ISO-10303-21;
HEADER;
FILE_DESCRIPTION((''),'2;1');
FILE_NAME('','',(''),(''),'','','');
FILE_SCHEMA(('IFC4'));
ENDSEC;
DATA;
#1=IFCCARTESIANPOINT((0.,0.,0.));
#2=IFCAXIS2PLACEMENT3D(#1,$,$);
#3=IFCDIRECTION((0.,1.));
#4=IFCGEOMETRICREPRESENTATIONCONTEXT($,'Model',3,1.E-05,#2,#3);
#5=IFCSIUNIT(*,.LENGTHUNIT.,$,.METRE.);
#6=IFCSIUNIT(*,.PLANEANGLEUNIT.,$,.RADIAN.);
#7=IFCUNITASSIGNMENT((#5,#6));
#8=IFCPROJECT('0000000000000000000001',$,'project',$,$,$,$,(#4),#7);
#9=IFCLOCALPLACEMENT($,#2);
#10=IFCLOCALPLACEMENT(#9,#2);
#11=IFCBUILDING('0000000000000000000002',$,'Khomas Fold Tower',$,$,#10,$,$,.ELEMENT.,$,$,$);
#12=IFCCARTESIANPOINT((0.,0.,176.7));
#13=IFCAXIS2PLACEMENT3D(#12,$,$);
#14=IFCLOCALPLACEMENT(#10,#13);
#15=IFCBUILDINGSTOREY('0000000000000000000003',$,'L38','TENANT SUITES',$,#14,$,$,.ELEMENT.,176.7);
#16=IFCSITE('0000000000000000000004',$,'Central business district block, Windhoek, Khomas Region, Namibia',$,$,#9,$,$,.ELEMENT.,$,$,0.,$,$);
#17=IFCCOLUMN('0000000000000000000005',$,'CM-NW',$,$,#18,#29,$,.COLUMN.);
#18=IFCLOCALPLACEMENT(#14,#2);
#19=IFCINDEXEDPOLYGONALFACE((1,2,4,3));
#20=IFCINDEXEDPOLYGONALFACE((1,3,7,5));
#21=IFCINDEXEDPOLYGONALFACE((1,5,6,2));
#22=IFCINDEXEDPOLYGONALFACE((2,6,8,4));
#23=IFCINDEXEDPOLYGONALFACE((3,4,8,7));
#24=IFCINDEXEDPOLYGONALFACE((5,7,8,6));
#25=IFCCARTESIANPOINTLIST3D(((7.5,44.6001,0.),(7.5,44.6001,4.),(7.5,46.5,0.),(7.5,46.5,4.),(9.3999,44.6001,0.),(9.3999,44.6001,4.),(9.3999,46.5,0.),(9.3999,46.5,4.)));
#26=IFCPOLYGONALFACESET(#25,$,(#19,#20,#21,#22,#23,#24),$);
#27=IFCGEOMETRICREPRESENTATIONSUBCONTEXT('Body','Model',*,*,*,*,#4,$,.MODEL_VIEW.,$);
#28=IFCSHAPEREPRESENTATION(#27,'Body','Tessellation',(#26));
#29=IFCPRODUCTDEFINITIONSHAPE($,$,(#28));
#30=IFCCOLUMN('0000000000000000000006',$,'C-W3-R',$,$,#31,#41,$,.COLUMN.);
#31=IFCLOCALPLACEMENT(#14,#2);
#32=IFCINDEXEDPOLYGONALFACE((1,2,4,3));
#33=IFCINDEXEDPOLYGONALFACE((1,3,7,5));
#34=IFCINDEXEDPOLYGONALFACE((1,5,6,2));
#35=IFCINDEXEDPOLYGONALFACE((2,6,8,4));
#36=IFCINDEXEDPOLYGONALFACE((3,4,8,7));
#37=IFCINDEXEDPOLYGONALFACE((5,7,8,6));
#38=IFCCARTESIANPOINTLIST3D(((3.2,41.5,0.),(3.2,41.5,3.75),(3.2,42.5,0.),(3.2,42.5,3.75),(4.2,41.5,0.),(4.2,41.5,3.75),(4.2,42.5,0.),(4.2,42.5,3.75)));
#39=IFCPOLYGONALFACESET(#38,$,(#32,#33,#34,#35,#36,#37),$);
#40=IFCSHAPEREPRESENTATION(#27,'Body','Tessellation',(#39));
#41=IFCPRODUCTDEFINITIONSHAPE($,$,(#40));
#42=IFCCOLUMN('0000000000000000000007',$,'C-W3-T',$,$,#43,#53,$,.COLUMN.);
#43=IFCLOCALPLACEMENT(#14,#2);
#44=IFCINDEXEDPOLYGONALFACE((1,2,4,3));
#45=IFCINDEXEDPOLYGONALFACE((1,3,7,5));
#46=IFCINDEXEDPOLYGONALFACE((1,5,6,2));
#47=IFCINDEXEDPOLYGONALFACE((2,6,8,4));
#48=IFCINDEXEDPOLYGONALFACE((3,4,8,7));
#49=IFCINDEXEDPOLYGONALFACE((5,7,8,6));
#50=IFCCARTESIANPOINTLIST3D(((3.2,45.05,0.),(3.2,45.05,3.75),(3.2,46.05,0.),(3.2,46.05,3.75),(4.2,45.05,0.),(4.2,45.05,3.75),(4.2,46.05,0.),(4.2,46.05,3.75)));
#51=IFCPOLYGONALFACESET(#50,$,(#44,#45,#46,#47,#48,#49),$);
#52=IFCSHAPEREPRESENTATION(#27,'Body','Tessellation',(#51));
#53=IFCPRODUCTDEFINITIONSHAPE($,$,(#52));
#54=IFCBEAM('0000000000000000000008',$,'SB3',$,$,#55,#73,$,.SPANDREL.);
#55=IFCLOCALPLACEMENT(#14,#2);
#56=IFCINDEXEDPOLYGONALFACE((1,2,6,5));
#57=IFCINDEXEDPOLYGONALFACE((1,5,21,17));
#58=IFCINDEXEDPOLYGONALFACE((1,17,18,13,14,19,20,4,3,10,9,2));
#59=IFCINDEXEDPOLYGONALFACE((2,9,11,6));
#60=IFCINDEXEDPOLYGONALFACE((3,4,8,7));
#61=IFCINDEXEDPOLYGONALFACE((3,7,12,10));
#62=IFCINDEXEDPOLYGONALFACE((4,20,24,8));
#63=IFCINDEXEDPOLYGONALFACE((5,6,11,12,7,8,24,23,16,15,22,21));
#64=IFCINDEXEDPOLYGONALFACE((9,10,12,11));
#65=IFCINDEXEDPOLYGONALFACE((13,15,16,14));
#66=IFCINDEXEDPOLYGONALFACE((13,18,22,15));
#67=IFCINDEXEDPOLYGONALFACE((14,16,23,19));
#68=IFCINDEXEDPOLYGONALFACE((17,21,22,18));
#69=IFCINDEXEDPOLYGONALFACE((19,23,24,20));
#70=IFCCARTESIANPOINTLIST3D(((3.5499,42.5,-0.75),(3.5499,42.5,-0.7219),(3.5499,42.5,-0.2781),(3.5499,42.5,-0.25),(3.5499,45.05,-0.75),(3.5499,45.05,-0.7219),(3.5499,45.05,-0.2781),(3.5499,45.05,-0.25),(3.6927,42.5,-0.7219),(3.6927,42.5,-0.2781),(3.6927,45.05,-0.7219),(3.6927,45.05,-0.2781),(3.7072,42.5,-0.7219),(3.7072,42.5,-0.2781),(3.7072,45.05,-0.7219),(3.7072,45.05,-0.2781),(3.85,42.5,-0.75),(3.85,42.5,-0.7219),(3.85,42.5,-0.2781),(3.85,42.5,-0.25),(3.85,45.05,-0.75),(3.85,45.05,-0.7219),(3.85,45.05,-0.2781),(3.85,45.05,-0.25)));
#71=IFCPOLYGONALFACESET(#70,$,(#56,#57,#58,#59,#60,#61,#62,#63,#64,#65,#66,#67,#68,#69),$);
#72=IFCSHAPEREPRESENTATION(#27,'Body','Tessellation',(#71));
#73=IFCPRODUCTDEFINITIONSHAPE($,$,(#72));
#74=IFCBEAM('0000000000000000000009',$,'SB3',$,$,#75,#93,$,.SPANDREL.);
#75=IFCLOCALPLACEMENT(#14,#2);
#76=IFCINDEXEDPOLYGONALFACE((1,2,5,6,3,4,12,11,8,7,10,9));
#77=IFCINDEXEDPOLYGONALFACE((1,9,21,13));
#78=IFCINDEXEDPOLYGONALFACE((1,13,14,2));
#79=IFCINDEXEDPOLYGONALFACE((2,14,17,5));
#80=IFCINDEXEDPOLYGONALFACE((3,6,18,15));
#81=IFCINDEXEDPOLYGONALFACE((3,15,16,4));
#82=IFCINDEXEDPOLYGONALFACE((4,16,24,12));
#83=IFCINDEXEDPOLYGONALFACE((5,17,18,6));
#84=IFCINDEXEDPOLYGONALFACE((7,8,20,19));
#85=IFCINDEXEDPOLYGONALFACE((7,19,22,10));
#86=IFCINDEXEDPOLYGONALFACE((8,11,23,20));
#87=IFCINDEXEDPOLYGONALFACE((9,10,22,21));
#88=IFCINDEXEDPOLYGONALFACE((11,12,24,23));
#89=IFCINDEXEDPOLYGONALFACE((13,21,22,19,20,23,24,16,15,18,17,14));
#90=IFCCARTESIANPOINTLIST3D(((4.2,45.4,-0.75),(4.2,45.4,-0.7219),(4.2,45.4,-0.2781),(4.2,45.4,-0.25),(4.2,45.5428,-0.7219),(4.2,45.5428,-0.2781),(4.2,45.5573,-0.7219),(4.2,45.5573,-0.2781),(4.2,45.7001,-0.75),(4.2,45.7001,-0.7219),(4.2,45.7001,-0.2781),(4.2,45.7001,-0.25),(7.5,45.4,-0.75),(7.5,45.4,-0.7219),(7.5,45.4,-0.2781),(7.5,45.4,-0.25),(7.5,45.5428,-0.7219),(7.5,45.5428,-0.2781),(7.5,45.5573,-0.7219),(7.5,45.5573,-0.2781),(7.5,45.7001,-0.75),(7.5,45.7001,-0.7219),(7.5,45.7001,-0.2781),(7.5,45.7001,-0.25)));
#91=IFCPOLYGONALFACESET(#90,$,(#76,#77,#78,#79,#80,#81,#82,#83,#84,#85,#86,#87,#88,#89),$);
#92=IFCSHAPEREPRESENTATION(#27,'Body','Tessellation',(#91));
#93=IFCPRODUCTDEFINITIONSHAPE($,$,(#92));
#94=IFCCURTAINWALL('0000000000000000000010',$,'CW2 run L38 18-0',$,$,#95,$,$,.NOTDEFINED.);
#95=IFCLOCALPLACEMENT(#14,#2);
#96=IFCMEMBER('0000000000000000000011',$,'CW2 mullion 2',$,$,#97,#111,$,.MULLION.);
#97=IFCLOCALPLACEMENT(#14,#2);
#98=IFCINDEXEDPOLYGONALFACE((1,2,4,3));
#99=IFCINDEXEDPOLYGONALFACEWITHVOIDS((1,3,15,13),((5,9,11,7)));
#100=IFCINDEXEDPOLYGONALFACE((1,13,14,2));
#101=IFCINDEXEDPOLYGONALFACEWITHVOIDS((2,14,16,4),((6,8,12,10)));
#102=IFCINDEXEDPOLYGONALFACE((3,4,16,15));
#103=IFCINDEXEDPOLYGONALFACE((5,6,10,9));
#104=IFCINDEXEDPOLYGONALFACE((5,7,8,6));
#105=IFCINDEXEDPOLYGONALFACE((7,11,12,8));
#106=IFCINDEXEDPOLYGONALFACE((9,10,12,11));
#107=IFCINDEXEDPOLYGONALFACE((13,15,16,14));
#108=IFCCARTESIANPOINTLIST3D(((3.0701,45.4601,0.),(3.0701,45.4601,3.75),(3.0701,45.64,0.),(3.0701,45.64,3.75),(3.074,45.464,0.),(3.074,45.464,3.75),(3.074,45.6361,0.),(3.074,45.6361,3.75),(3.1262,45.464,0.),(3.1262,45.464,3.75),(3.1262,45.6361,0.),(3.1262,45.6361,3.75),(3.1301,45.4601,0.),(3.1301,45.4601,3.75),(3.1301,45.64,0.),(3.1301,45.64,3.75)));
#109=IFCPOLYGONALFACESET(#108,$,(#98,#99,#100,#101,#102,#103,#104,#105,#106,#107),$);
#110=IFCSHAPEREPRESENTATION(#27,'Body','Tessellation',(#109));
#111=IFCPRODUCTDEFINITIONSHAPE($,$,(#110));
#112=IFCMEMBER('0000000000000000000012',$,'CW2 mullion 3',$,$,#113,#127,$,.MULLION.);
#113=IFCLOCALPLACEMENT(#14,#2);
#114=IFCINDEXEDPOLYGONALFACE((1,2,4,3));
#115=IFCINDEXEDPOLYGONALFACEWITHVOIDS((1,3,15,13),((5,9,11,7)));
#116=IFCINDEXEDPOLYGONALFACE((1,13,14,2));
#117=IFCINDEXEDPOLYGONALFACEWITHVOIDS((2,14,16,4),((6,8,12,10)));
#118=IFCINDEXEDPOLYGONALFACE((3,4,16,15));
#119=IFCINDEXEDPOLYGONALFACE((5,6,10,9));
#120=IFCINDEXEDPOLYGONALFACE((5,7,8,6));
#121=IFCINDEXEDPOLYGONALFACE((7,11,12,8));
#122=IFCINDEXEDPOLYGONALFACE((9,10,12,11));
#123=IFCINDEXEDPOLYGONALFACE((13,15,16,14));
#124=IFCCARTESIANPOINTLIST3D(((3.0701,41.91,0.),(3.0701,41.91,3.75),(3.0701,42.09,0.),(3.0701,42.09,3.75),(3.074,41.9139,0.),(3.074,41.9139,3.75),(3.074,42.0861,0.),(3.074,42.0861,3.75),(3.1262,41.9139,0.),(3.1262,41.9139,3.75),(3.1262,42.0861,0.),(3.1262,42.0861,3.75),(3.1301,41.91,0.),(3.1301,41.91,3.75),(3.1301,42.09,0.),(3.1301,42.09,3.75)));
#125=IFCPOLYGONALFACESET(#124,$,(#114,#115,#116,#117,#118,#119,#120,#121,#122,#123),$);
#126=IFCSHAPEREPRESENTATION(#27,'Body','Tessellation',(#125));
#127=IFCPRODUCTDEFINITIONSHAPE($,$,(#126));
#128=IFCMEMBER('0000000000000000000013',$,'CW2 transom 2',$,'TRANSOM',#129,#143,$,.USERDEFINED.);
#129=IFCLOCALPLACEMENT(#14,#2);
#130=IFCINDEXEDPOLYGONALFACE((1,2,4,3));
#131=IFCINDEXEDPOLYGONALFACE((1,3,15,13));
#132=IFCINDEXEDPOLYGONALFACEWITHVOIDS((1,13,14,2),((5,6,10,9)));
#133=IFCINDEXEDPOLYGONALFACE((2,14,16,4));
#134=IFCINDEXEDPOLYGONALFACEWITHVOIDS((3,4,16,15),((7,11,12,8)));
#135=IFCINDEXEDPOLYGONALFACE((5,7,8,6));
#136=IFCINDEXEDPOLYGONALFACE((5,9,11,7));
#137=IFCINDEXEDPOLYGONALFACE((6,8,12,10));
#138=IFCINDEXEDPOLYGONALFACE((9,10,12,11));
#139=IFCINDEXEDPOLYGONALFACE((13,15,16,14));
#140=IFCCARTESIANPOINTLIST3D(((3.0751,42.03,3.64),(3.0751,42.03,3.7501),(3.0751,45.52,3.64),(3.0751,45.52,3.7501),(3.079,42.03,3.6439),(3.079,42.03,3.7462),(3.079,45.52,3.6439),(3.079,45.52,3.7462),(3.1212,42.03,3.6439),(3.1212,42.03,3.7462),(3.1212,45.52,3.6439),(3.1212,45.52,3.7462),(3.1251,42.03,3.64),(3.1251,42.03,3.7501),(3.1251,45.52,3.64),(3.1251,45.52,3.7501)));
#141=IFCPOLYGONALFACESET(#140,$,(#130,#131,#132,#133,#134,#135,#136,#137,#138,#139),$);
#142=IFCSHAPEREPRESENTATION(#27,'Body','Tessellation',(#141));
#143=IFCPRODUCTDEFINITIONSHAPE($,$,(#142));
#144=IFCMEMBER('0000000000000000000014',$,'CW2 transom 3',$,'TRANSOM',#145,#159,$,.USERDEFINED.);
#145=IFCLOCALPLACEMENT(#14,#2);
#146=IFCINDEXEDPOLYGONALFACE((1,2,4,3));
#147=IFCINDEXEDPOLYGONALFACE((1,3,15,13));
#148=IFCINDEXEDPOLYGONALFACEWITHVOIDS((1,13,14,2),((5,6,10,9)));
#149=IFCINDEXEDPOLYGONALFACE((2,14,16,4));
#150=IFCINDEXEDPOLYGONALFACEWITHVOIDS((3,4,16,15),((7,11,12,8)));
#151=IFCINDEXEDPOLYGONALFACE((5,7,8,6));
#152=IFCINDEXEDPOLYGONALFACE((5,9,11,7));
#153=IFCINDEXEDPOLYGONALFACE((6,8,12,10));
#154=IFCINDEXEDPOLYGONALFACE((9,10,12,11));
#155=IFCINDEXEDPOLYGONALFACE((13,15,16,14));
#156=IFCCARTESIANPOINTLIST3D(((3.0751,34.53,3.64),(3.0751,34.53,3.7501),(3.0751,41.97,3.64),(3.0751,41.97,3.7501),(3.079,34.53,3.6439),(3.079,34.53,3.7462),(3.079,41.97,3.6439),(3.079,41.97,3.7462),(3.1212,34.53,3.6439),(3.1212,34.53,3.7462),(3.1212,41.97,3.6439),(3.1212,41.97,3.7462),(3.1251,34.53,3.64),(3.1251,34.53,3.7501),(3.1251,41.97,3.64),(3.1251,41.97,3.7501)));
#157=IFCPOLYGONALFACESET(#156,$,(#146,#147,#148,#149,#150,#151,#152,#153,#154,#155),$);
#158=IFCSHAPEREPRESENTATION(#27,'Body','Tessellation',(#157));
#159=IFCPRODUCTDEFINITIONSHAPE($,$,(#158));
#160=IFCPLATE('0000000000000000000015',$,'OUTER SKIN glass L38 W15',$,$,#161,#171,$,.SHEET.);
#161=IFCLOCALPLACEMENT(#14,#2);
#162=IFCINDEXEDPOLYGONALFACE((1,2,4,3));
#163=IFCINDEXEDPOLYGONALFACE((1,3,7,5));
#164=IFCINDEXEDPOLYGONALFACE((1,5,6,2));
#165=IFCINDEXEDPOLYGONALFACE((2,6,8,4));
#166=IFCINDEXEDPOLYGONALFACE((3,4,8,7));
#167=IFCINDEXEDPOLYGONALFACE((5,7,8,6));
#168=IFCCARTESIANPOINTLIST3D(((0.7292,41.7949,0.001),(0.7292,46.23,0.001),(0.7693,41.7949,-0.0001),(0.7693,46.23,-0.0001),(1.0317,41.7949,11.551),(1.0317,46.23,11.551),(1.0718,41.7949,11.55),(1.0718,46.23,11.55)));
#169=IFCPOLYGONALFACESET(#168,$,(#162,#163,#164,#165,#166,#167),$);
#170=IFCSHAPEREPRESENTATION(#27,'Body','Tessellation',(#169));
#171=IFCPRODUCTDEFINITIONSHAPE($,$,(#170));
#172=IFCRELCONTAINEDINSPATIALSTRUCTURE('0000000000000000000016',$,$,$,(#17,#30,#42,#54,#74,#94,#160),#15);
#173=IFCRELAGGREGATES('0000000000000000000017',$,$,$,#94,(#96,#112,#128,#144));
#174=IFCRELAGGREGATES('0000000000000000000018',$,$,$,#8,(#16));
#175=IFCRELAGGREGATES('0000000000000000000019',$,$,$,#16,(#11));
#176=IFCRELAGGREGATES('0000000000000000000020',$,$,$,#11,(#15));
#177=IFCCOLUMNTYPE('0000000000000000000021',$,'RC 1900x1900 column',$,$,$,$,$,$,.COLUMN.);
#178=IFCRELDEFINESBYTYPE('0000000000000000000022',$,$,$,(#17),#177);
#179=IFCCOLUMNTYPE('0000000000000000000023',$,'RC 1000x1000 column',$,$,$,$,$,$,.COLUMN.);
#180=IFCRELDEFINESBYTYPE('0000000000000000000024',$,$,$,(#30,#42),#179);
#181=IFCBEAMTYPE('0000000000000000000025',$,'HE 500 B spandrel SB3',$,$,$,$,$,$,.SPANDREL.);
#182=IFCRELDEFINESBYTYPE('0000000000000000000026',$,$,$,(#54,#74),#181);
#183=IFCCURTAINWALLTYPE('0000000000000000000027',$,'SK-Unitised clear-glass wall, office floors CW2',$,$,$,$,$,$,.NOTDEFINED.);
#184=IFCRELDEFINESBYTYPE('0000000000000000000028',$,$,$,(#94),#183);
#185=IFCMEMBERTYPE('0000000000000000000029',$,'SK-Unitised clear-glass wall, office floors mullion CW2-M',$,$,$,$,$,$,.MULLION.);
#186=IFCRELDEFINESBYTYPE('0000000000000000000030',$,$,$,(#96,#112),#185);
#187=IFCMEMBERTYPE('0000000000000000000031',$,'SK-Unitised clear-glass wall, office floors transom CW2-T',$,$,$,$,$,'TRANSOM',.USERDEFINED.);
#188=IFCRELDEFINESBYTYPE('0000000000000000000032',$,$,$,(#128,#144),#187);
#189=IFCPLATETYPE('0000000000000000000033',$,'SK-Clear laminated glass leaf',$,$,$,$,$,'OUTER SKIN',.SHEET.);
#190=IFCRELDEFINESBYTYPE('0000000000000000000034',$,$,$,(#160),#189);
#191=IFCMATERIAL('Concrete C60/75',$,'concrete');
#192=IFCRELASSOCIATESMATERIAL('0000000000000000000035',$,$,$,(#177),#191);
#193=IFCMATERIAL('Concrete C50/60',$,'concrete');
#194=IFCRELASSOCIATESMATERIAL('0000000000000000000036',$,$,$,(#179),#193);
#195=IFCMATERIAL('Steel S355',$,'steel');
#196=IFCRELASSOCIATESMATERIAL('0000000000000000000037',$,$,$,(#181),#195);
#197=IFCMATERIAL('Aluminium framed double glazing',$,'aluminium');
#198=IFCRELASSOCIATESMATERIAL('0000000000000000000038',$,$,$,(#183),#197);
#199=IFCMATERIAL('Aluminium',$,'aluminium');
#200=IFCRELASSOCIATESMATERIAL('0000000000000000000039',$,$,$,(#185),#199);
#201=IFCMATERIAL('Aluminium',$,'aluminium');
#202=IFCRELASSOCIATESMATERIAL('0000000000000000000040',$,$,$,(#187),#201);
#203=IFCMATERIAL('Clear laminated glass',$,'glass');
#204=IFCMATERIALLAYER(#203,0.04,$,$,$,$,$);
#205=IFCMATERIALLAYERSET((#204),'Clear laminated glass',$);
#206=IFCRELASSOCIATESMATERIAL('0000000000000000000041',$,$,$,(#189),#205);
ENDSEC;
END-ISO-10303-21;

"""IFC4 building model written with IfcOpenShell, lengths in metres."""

from ifc_helpers import new_model, si_unit, direction, frame, origin, origin_2d, place, context, subcontext, project, spatial, polyline, rectangle, hollow_rectangle, i_section, outline, extrude, source, transform, mapped, material, layer, layer_set, material_profile, profile_set, type_object, element, aggregate, save


model = new_model("IFC4")

# Units and contexts
model_context = context("Model", 3, precision=1e-05, world=origin(), true_north=direction((0.0, 1.0)))
body_context = subcontext(model_context, "Body", "Model", "MODEL_VIEW")
ifc_project = project(units=[si_unit("LENGTHUNIT", "METRE"), si_unit("PLANEANGLEUNIT", "RADIAN")], contexts=[model_context])

# Site, building, storey
site_placement = place(None, origin())
site = spatial("IfcSite", under=ifc_project, at=site_placement, Name="Central business district block, Windhoek, Khomas Region, Namibia", CompositionType="ELEMENT", RefElevation=0.0)
building_placement = place(site_placement, origin())
building = spatial("IfcBuilding", under=site, at=building_placement, Name="Khomas Fold Tower", CompositionType="ELEMENT")
storey_placement = place(building_placement, frame((0.0, 0.0, 176.7)))
storey = spatial("IfcBuildingStorey", under=building, at=storey_placement, Name="L38", Description="TENANT SUITES", CompositionType="ELEMENT", Elevation=176.7)

# Columns
ifc_material_1 = material(Name="Concrete C60/75", Category="concrete")
ifc_material_profile_1 = material_profile(ifc_material_1, rectangle(XDim=1.8999, YDim=1.8999, at=origin_2d()), Name="RC 1900x1900")
ifc_profile_set_1 = profile_set([ifc_material_profile_1], Name="Concrete C60/75")
column_type_1 = type_object("IfcColumnType", Name="RC 1900x1900 column", PredefinedType="COLUMN", material=ifc_profile_set_1)
shared_shape_1 = source(origin(), body_context, "Body", "SweptSolid", [
    extrude(rectangle(XDim=1.8999, YDim=1.8999, at=origin_2d()), origin(), (0.0, 0.0, 1.0), 4.0),
])
column_placement = place(storey_placement, frame((8.45, 45.55, 0.0), z_axis=(0.0, 0.0, 1.0), x_axis=(1.0, 0.0, 0.0)))
element("IfcColumn", 1, at=column_placement, inside=storey, type_object=column_type_1, Name="CM-NW", PredefinedType="COLUMN", context=body_context, shape_type="MappedRepresentation", body=[
    mapped(shared_shape_1, transform((0.0, 0.0, 0.0))),
])
ifc_material_2 = material(Name="Concrete C50/60", Category="concrete")
ifc_material_profile_2 = material_profile(ifc_material_2, rectangle(XDim=1.0, YDim=1.0, at=origin_2d()), Name="RC 1000x1000")
ifc_profile_set_2 = profile_set([ifc_material_profile_2], Name="Concrete C50/60")
column_type_2 = type_object("IfcColumnType", Name="RC 1000x1000 column", PredefinedType="COLUMN", material=ifc_profile_set_2)
shared_shape_2 = source(origin(), body_context, "Body", "SweptSolid", [
    extrude(rectangle(XDim=1.0, YDim=1.0, at=origin_2d()), origin(), (0.0, 0.0, 1.0), 3.75),
])
for number, where, z_axis, x_axis, name in (
    (2, (3.7, 42.0, 0.0), (0.0, 0.0, 1.0), (1.0, 0.0, 0.0), "C-W3-R"),
    (3, (3.7, 45.55, 0.0), (0.0, 0.0, 1.0), (1.0, 0.0, 0.0), "C-W3-T"),
):
    element("IfcColumn", number, at=place(storey_placement, frame(where, z_axis=z_axis, x_axis=x_axis)), inside=storey, type_object=column_type_2, Name=name, PredefinedType="COLUMN", context=body_context, shape_type="MappedRepresentation", body=[
        mapped(shared_shape_2, transform((0.0, 0.0, 0.0))),
    ])

# Beams
ifc_material_3 = material(Name="Steel S355", Category="steel")
ifc_material_profile_3 = material_profile(ifc_material_3, i_section(OverallWidth=0.3, OverallDepth=0.5, WebThickness=0.0144, FlangeThickness=0.0281, at=origin_2d()), Name="HE 500 B")
ifc_profile_set_3 = profile_set([ifc_material_profile_3], Name="Steel S355")
beam_type = type_object("IfcBeamType", Name="HE 500 B spandrel SB3", PredefinedType="SPANDREL", material=ifc_profile_set_3)
shared_shape_3 = source(origin(), body_context, "Body", "SweptSolid", [
    extrude(i_section(OverallWidth=0.3, OverallDepth=0.5, WebThickness=0.0144, FlangeThickness=0.0281, at=origin_2d()), origin(), (0.0, 0.0, 1.0), 2.55),
])
beam_1_placement = place(storey_placement, frame((3.7, 42.5, -0.5), z_axis=(0.0, 1.0, 0.0), x_axis=(-1.0, 0.0, 0.0)))
element("IfcBeam", 4, at=beam_1_placement, inside=storey, type_object=beam_type, Name="SB3", PredefinedType="SPANDREL", context=body_context, shape_type="MappedRepresentation", body=[
    mapped(shared_shape_3, transform((0.0, 0.0, 0.0))),
])
shared_shape_4 = source(origin(), body_context, "Body", "SweptSolid", [
    extrude(i_section(OverallWidth=0.3, OverallDepth=0.5, WebThickness=0.0144, FlangeThickness=0.0281, at=origin_2d()), origin(), (0.0, 0.0, 1.0), 3.3),
])
beam_2_placement = place(storey_placement, frame((4.2, 45.55, -0.5), z_axis=(1.0, 0.0, 0.0), x_axis=(0.0, 1.0, 0.0)))
element("IfcBeam", 5, at=beam_2_placement, inside=storey, type_object=beam_type, Name="SB3", PredefinedType="SPANDREL", context=body_context, shape_type="MappedRepresentation", body=[
    mapped(shared_shape_4, transform((0.0, 0.0, 0.0))),
])

# Curtain wall, members
ifc_material_4 = material(Name="Aluminium framed double glazing", Category="aluminium")
curtain_wall_type = type_object("IfcCurtainWallType", Name="SK-Unitised clear-glass wall, office floors CW2", PredefinedType="NOTDEFINED", material=ifc_material_4)
curtain_wall_placement = place(storey_placement, origin())
curtain_wall = element("IfcCurtainWall", 6, at=curtain_wall_placement, inside=storey, type_object=curtain_wall_type, Name="CW2 run L38 18-0", PredefinedType="NOTDEFINED")
ifc_material_5 = material(Name="Aluminium", Category="aluminium")
ifc_material_profile_4 = material_profile(ifc_material_5, hollow_rectangle(XDim=0.0601, YDim=0.1799, WallThickness=0.0039, at=origin_2d()), Name="SK-Unitised clear-glass wall, office floors mullion CW2-M")
ifc_profile_set_4 = profile_set([ifc_material_profile_4], Name="Aluminium")
member_type_1 = type_object("IfcMemberType", Name="SK-Unitised clear-glass wall, office floors mullion CW2-M", PredefinedType="MULLION", material=ifc_profile_set_4)
shared_shape_5 = source(origin(), body_context, "Body", "SweptSolid", [
    extrude(hollow_rectangle(XDim=0.0601, YDim=0.1799, WallThickness=0.0039, at=origin_2d()), origin(), (0.0, 0.0, 1.0), 3.75),
])
member_1_placement = place(storey_placement, frame((3.1001, 45.55, 0.0), z_axis=(0.0, 0.0, 1.0), x_axis=(1.0, 0.0, 0.0)))
member_1 = element("IfcMember", 7, at=member_1_placement, type_object=member_type_1, Name="CW2 mullion 2", PredefinedType="MULLION", context=body_context, shape_type="MappedRepresentation", body=[
    mapped(shared_shape_5, transform((0.0, 0.0, 0.0))),
])
member_2_placement = place(storey_placement, frame((3.1001, 42.0, 0.0), z_axis=(0.0, 0.0, 1.0), x_axis=(1.0, 0.0, 0.0)))
member_2 = element("IfcMember", 8, at=member_2_placement, type_object=member_type_1, Name="CW2 mullion 3", PredefinedType="MULLION", context=body_context, shape_type="MappedRepresentation", body=[
    mapped(shared_shape_5, transform((0.0, 0.0, 0.0))),
])
ifc_material_6 = material(Name="Aluminium", Category="aluminium")
ifc_material_profile_5 = material_profile(ifc_material_6, hollow_rectangle(XDim=0.05, YDim=0.1101, WallThickness=0.0039, at=origin_2d()), Name="SK-Unitised clear-glass wall, office floors transom CW2-T")
ifc_profile_set_5 = profile_set([ifc_material_profile_5], Name="Aluminium")
member_type_2 = type_object("IfcMemberType", Name="SK-Unitised clear-glass wall, office floors transom CW2-T", ElementType="TRANSOM", PredefinedType="USERDEFINED", material=ifc_profile_set_5)
shared_shape_6 = source(origin(), body_context, "Body", "SweptSolid", [
    extrude(hollow_rectangle(XDim=0.05, YDim=0.1101, WallThickness=0.0039, at=origin_2d()), origin(), (0.0, 0.0, 1.0), 3.49),
])
member_3_placement = place(storey_placement, frame((3.1001, 45.52, 3.6951), z_axis=(0.0, -1.0, 0.0), x_axis=(1.0, 0.0, 0.0)))
member_3 = element("IfcMember", 9, at=member_3_placement, type_object=member_type_2, Name="CW2 transom 2", ObjectType="TRANSOM", PredefinedType="USERDEFINED", context=body_context, shape_type="MappedRepresentation", body=[
    mapped(shared_shape_6, transform((0.0, 0.0, 0.0))),
])
shared_shape_7 = source(origin(), body_context, "Body", "SweptSolid", [
    extrude(hollow_rectangle(XDim=0.05, YDim=0.1101, WallThickness=0.0039, at=origin_2d()), origin(), (0.0, 0.0, 1.0), 7.4399),
])
member_4_placement = place(storey_placement, frame((3.1001, 41.97, 3.6951), z_axis=(0.0, -1.0, 0.0), x_axis=(1.0, 0.0, 0.0)))
member_4 = element("IfcMember", 10, at=member_4_placement, type_object=member_type_2, Name="CW2 transom 3", ObjectType="TRANSOM", PredefinedType="USERDEFINED", context=body_context, shape_type="MappedRepresentation", body=[
    mapped(shared_shape_7, transform((0.0, 0.0, 0.0))),
])

# Plate
ifc_material_7 = material(Name="Clear laminated glass", Category="glass")
ifc_layer_1 = layer(ifc_material_7, 0.04)
ifc_layer_set_1 = layer_set([ifc_layer_1], Name="Clear laminated glass")
plate_type_1 = type_object("IfcPlateType", Name="SK-Clear laminated glass leaf", ElementType="OUTER SKIN", PredefinedType="SHEET", material=ifc_layer_set_1)
plate_1_placement = place(storey_placement, frame((0.7292, 41.7949, 0.001), z_axis=(-0.999657, 0.0, 0.026181), x_axis=(0.0, 1.0, 0.0)))
element("IfcPlate", 11, at=plate_1_placement, inside=storey, type_object=plate_type_1, Name="OUTER SKIN glass L38 W15", PredefinedType="SHEET", context=body_context, shape_type="SweptSolid", body=[
    extrude(outline(polyline([(0.0, 0.0), (4.4351, 0.0), (4.4351, -11.554), (0.0, -11.554), (0.0, 0.0)])), origin(), (0.0, 0.0, -1.0), 0.04),
])
aggregate(curtain_wall, [member_1, member_2, member_3, member_4])

save(model, "model.ifc")
